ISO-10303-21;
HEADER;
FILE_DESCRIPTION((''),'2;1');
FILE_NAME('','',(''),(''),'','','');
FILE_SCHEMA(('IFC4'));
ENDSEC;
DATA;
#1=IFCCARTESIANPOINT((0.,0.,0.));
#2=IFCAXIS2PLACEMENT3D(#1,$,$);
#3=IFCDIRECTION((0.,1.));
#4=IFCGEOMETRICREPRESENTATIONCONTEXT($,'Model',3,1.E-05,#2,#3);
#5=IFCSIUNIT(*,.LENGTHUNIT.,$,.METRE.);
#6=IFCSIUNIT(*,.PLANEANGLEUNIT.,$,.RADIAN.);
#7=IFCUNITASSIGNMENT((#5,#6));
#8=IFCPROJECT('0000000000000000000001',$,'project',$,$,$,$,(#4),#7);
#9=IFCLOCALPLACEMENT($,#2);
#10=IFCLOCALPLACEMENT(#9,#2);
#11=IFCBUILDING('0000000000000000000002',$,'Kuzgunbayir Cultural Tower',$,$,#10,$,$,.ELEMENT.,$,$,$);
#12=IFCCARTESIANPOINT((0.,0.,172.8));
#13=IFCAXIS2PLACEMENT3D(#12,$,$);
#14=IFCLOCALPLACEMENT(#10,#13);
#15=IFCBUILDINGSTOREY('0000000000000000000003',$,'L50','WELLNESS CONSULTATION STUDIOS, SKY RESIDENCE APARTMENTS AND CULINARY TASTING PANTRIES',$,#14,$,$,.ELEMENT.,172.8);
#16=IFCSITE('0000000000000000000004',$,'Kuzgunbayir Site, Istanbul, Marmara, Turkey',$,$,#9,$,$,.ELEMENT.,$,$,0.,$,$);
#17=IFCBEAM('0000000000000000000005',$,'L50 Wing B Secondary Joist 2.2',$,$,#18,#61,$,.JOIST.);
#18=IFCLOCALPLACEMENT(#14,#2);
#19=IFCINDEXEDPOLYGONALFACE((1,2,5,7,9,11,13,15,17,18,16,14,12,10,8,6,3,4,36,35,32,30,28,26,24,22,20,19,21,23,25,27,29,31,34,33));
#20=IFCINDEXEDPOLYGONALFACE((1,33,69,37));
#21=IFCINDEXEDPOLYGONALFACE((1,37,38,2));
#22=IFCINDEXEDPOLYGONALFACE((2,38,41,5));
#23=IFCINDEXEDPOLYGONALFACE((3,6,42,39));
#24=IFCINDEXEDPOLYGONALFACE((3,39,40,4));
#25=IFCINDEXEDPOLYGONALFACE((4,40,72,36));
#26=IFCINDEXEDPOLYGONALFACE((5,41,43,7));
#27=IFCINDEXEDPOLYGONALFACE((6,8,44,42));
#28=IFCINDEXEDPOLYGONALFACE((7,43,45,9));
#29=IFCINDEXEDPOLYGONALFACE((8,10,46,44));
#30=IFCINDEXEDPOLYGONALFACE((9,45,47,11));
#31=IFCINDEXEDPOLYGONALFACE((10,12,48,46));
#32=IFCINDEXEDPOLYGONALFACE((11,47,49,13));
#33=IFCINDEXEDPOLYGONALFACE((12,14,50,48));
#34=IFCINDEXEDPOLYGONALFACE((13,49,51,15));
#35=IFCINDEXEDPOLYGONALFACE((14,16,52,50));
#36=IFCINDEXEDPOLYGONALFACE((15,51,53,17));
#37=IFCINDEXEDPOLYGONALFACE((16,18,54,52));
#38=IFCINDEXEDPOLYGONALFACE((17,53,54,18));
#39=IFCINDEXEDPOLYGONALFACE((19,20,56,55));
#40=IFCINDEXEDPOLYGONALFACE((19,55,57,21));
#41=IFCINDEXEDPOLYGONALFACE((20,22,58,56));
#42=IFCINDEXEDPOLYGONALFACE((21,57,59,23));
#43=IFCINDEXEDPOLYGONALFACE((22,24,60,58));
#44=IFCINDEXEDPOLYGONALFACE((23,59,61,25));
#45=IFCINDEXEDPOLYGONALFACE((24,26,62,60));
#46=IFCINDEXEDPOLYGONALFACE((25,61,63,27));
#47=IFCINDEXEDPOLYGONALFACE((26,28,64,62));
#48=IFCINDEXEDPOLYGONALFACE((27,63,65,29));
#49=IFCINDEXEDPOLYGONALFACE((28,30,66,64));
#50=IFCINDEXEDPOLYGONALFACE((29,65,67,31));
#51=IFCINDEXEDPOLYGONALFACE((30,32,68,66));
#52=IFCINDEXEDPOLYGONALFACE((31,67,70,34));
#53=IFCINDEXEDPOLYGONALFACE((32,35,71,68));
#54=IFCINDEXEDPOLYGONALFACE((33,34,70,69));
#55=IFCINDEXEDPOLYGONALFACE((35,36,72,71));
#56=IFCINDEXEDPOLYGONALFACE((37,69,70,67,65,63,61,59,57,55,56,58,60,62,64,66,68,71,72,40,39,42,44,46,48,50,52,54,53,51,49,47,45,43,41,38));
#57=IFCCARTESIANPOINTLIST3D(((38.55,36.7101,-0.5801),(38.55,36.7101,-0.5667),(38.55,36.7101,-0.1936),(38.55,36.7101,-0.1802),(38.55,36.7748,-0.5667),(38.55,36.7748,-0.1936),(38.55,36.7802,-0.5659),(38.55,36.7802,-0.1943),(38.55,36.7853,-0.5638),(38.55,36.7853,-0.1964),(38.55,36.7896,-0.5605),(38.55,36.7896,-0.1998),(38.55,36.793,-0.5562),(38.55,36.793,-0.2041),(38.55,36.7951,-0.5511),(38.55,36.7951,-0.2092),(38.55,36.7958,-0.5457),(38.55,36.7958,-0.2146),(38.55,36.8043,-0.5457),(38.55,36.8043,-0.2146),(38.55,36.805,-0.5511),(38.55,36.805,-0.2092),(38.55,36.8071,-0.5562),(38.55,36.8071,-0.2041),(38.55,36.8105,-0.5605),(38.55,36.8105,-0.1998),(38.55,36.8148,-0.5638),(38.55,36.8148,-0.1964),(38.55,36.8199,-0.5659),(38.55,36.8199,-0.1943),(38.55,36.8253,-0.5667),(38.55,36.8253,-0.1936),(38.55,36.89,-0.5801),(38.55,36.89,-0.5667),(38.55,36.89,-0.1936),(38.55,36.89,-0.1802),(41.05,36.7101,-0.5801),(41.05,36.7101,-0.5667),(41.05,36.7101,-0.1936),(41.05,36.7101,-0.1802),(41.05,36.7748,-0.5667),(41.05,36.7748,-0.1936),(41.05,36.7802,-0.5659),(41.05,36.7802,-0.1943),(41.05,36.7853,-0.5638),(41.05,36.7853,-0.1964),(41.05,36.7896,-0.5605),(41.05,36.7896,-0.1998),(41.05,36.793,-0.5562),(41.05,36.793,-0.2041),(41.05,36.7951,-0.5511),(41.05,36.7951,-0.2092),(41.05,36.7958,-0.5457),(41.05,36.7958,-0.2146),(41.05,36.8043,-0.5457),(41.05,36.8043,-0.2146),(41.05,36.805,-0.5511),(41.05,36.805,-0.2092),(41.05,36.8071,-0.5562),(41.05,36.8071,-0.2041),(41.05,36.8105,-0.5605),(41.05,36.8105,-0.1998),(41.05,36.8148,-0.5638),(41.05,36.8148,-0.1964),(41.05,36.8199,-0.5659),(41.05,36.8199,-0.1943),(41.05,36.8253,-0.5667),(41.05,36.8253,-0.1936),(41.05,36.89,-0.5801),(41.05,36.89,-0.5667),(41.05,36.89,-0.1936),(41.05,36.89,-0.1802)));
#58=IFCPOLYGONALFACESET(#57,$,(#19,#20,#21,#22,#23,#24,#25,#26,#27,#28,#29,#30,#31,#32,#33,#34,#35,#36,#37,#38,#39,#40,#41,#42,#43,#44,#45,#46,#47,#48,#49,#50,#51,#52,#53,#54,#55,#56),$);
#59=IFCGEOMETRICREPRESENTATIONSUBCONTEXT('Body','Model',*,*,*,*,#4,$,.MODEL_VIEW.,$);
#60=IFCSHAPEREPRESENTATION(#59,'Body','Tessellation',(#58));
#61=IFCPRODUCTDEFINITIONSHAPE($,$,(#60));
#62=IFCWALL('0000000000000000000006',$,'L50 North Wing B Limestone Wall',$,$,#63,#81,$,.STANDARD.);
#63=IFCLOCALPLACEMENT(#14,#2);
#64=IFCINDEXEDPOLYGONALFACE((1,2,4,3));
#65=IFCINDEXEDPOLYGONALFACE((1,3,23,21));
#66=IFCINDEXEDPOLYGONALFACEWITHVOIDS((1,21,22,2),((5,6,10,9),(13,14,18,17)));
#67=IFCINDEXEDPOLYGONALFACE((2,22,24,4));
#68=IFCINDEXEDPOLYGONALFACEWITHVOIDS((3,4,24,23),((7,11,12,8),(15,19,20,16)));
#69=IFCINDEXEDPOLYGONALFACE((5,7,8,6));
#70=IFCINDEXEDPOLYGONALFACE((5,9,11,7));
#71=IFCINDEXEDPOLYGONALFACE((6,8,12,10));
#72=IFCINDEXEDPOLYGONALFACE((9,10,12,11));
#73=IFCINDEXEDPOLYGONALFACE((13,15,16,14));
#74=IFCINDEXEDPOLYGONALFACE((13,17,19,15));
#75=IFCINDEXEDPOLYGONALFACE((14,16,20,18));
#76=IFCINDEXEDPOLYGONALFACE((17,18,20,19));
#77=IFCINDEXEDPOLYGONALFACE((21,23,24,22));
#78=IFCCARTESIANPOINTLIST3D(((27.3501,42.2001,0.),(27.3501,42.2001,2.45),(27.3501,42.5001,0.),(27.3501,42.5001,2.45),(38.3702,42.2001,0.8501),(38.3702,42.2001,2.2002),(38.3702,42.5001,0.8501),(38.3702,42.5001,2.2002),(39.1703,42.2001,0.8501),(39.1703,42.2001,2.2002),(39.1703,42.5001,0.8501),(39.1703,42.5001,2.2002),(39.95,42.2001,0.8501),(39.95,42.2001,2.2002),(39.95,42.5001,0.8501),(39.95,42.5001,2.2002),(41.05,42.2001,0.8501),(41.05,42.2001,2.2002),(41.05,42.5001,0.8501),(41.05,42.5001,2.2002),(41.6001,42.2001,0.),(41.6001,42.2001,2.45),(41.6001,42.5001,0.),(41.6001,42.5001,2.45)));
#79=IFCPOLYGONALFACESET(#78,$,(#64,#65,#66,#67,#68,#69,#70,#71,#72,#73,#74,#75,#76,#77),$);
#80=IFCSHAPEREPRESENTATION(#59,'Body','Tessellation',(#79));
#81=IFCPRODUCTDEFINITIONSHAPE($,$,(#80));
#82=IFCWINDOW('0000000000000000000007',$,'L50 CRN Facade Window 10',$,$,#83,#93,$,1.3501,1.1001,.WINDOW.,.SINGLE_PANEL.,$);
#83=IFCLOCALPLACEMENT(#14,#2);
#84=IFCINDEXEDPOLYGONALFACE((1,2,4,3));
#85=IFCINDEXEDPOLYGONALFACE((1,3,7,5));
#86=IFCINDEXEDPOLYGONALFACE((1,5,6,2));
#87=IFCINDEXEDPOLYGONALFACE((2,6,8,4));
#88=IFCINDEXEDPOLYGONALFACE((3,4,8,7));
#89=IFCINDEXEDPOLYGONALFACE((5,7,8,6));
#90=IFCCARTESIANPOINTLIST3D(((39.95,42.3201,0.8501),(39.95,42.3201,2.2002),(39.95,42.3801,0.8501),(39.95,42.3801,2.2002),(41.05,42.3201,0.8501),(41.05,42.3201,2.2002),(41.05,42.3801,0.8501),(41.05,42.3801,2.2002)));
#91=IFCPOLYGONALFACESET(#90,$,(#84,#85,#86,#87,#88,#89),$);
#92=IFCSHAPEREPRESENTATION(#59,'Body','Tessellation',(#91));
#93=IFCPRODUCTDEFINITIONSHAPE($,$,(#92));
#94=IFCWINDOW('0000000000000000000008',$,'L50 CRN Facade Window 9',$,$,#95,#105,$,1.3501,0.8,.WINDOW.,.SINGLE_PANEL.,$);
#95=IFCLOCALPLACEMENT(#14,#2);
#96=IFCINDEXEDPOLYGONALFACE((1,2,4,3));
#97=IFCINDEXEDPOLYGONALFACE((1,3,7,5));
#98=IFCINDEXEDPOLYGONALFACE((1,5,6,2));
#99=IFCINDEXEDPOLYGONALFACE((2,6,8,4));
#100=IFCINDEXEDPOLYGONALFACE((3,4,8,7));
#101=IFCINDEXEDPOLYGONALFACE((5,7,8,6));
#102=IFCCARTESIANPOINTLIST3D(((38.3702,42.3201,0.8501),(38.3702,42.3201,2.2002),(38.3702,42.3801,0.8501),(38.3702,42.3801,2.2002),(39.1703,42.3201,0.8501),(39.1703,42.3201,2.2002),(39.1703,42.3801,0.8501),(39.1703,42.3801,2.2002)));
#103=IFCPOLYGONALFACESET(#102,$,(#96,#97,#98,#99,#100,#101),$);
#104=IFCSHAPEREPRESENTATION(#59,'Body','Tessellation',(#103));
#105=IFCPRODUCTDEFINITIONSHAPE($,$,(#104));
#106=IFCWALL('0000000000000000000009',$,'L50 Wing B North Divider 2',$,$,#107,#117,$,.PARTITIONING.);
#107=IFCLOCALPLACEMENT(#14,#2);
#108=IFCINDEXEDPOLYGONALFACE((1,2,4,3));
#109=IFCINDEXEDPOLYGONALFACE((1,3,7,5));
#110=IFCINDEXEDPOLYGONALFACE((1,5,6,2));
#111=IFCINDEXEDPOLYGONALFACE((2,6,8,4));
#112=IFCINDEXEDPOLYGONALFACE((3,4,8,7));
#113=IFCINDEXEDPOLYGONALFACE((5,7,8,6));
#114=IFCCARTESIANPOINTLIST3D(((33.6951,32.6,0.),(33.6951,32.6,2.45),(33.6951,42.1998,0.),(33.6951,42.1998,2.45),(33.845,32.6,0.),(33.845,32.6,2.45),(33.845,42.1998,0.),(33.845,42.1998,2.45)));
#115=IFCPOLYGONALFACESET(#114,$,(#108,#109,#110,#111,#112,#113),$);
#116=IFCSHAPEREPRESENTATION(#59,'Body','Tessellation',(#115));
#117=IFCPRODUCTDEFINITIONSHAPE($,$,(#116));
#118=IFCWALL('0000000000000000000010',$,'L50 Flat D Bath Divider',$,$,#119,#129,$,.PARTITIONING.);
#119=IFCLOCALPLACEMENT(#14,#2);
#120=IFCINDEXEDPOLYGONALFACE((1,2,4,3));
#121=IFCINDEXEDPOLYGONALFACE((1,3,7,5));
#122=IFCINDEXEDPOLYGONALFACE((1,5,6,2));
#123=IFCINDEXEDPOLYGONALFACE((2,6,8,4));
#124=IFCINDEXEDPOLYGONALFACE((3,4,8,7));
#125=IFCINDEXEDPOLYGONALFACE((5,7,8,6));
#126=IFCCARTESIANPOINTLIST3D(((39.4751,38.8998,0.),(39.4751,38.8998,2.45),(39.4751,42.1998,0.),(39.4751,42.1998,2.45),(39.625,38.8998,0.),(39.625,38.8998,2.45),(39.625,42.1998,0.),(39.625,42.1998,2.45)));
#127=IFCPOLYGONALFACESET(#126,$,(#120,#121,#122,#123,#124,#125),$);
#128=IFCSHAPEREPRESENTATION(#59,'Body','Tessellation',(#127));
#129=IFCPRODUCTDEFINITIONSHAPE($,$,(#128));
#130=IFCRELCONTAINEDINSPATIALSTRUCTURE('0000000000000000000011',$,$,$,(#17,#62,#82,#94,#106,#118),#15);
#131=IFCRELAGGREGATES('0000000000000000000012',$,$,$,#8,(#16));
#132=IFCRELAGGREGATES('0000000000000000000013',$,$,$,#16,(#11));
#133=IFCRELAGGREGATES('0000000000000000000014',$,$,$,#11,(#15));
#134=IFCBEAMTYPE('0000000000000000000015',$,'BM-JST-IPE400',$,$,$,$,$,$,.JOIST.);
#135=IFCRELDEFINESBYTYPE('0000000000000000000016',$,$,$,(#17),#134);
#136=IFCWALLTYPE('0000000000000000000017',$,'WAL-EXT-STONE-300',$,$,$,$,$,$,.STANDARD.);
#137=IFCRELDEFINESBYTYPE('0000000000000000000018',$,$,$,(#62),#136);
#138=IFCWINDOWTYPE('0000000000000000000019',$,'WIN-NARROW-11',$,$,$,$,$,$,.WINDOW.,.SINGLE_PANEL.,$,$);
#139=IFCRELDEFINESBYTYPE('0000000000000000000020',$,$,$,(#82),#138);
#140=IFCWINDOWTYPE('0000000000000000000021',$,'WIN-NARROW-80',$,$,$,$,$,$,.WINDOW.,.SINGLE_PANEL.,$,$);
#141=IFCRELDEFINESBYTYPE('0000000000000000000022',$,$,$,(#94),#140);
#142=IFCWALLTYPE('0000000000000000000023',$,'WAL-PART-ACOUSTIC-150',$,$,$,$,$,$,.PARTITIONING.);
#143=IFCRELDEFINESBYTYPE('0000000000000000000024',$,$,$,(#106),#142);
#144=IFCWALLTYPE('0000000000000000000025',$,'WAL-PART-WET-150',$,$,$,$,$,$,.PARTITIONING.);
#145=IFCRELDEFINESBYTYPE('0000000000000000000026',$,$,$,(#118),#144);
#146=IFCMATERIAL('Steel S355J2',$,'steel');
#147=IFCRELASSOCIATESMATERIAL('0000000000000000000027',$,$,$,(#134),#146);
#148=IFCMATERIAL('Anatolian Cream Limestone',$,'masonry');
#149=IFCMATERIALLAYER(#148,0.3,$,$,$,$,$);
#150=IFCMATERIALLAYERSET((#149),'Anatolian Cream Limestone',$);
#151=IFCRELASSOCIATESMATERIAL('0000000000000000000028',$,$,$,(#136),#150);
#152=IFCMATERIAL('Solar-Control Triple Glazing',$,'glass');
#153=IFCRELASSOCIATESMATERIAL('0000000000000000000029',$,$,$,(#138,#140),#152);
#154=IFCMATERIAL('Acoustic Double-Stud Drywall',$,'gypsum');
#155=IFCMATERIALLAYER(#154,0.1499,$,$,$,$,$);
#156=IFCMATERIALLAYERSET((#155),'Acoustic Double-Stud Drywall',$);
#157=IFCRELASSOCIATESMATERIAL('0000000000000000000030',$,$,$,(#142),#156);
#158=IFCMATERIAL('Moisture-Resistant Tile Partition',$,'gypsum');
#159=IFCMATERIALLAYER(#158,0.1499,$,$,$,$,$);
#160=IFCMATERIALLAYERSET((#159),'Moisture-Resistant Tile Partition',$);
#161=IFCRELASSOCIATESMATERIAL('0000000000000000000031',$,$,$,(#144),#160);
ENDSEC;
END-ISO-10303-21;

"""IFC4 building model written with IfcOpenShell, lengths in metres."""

from ifc_helpers import new_model, si_unit, direction, frame, frame_2d, origin, origin_2d, place, context, subcontext, project, spatial, rectangle, i_section, extrude, material, layer, layer_set, material_profile, profile_set, type_object, element, fill, save


model = new_model("IFC4")

# Units and contexts
model_context = context("Model", 3, precision=1e-05, world=origin(), true_north=direction((0.0, 1.0)))
body_context = subcontext(model_context, "Body", "Model", "MODEL_VIEW")
ifc_project = project(units=[si_unit("LENGTHUNIT", "METRE"), si_unit("PLANEANGLEUNIT", "RADIAN")], contexts=[model_context])

# Site, building, storey
site_placement = place(None, origin())
site = spatial("IfcSite", under=ifc_project, at=site_placement, Name="Kuzgunbayir Site, Istanbul, Marmara, Turkey", CompositionType="ELEMENT", RefElevation=0.0)
building_placement = place(site_placement, origin())
building = spatial("IfcBuilding", under=site, at=building_placement, Name="Kuzgunbayir Cultural Tower", CompositionType="ELEMENT")
storey_placement = place(building_placement, frame((0.0, 0.0, 172.8)))
storey = spatial("IfcBuildingStorey", under=building, at=storey_placement, Name="L50", Description="WELLNESS CONSULTATION STUDIOS, SKY RESIDENCE APARTMENTS AND CULINARY TASTING PANTRIES", CompositionType="ELEMENT", Elevation=172.8)

# Beam
ifc_material_1 = material(Name="Steel S355J2", Category="steel")
ifc_material_profile_1 = material_profile(ifc_material_1, i_section(OverallWidth=0.1799, OverallDepth=0.3999, WebThickness=0.0085, FlangeThickness=0.0134, FilletRadius=0.021, at=origin_2d()), Name="IPE 400")
ifc_profile_set_1 = profile_set([ifc_material_profile_1], Name="Steel S355J2")
beam_type_1 = type_object("IfcBeamType", Name="BM-JST-IPE400", PredefinedType="JOIST", material=ifc_profile_set_1)
for number, where, z_axis, x_axis, name in (
    (1, (38.55, 36.8, -0.3801), (1.0, 0.0, 0.0), (0.0, 1.0, 0.0), "L50 Wing B Secondary Joist 2.2"),
):
    element("IfcBeam", number, at=place(storey_placement, frame(where, z_axis=z_axis, x_axis=x_axis)), inside=storey, type_object=beam_type_1, Name=name, PredefinedType="JOIST", context=body_context, shape_type="SweptSolid", body=[
        extrude(i_section(OverallWidth=0.1799, OverallDepth=0.3999, WebThickness=0.0085, FlangeThickness=0.0134, FilletRadius=0.021, at=origin_2d()), origin(), (0.0, 0.0, 1.0), 2.5),
    ])

# Wall, openings, windows
ifc_material_2 = material(Name="Anatolian Cream Limestone", Category="masonry")
ifc_layer_1 = layer(ifc_material_2, 0.3)
ifc_layer_set_1 = layer_set([ifc_layer_1], Name="Anatolian Cream Limestone")
wall_type_1 = type_object("IfcWallType", Name="WAL-EXT-STONE-300", PredefinedType="STANDARD", material=ifc_layer_set_1)
wall_1_placement = place(storey_placement, frame((41.6001, 42.3501, 0.0), z_axis=(0.0, 0.0, 1.0), x_axis=(-1.0, 0.0, 0.0)))
wall_1 = element("IfcWall", 2, at=wall_1_placement, inside=storey, type_object=wall_type_1, Name="L50 North Wing B Limestone Wall", PredefinedType="STANDARD", context=body_context, shape_type="SweptSolid", body=[
    extrude(rectangle(XDim=14.25, YDim=0.3, at=frame_2d((7.125, 0.0))), origin(), (0.0, 0.0, 1.0), 2.45),
])
opening_1_placement = place(wall_1_placement, frame((2.4299, 0.0, 0.8501)))
opening_1 = element("IfcOpeningElement", 3, at=opening_1_placement, cuts=wall_1, PredefinedType="OPENING", context=body_context, shape_type="SweptSolid", body=[
    extrude(rectangle(XDim=0.8, YDim=1.3501, at=frame_2d((0.3999, 0.675))), frame((0.0, 0.1602, 0.0), z_axis=(0.0, -1.0, 0.0), x_axis=(1.0, 0.0, 0.0)), (0.0, 0.0, 1.0), 0.3201),
])
opening_2_placement = place(wall_1_placement, frame((0.55, 0.0, 0.8501)))
opening_2 = element("IfcOpeningElement", 4, at=opening_2_placement, cuts=wall_1, PredefinedType="OPENING", context=body_context, shape_type="SweptSolid", body=[
    extrude(rectangle(XDim=1.1001, YDim=1.3501, at=frame_2d((0.55, 0.675))), frame((0.0, 0.1602, 0.0), z_axis=(0.0, -1.0, 0.0), x_axis=(1.0, 0.0, 0.0)), (0.0, 0.0, 1.0), 0.3201),
])
ifc_material_3 = material(Name="Solar-Control Triple Glazing", Category="glass")
window_type_1 = type_object("IfcWindowType", Name="WIN-NARROW-11", PartitioningType="SINGLE_PANEL", PredefinedType="WINDOW", material=ifc_material_3)
window_1_placement = place(opening_2_placement, origin())
window_1 = element("IfcWindow", 5, at=window_1_placement, inside=storey, type_object=window_type_1, Name="L50 CRN Facade Window 10", OverallHeight=1.3501, OverallWidth=1.1001, PartitioningType="SINGLE_PANEL", PredefinedType="WINDOW", context=body_context, shape_type="SweptSolid", body=[
    extrude(rectangle(XDim=1.1001, YDim=1.3501, at=frame_2d((0.55, 0.675))), frame((0.0, 0.03, 0.0), z_axis=(0.0, -1.0, 0.0), x_axis=(1.0, 0.0, 0.0)), (0.0, 0.0, 1.0), 0.0601),
])
fill(opening_2, window_1)
window_type_2 = type_object("IfcWindowType", Name="WIN-NARROW-80", PartitioningType="SINGLE_PANEL", PredefinedType="WINDOW", material=ifc_material_3)
window_2_placement = place(opening_1_placement, origin())
window_2 = element("IfcWindow", 6, at=window_2_placement, inside=storey, type_object=window_type_2, Name="L50 CRN Facade Window 9", OverallHeight=1.3501, OverallWidth=0.8, PartitioningType="SINGLE_PANEL", PredefinedType="WINDOW", context=body_context, shape_type="SweptSolid", body=[
    extrude(rectangle(XDim=0.8, YDim=1.3501, at=frame_2d((0.3999, 0.675))), frame((0.0, 0.03, 0.0), z_axis=(0.0, -1.0, 0.0), x_axis=(1.0, 0.0, 0.0)), (0.0, 0.0, 1.0), 0.0601),
])
fill(opening_1, window_2)

# Wall
ifc_material_4 = material(Name="Acoustic Double-Stud Drywall", Category="gypsum")
ifc_layer_2 = layer(ifc_material_4, 0.1499)
ifc_layer_set_2 = layer_set([ifc_layer_2], Name="Acoustic Double-Stud Drywall")
wall_type_2 = type_object("IfcWallType", Name="WAL-PART-ACOUSTIC-150", PredefinedType="PARTITIONING", material=ifc_layer_set_2)
wall_2_placement = place(storey_placement, frame((33.77, 32.6001, 0.0), z_axis=(0.0, 0.0, 1.0), x_axis=(0.0, 1.0, 0.0)))
element("IfcWall", 7, at=wall_2_placement, inside=storey, type_object=wall_type_2, Name="L50 Wing B North Divider 2", PredefinedType="PARTITIONING", context=body_context, shape_type="SweptSolid", body=[
    extrude(rectangle(XDim=9.5999, YDim=0.1499, at=frame_2d((4.7998, 0.0))), origin(), (0.0, 0.0, 1.0), 2.45),
])

# Shared definitions
ifc_material_5 = material(Name="Moisture-Resistant Tile Partition", Category="gypsum")
ifc_layer_3 = layer(ifc_material_5, 0.1499)
ifc_layer_set_3 = layer_set([ifc_layer_3], Name="Moisture-Resistant Tile Partition")
wall_type_3 = type_object("IfcWallType", Name="WAL-PART-WET-150", PredefinedType="PARTITIONING", material=ifc_layer_set_3)

# Wall
wall_3_placement = place(storey_placement, frame((39.55, 38.8999, 0.0), z_axis=(0.0, 0.0, 1.0), x_axis=(0.0, 1.0, 0.0)))
element("IfcWall", 8, at=wall_3_placement, inside=storey, type_object=wall_type_3, Name="L50 Flat D Bath Divider", PredefinedType="PARTITIONING", context=body_context, shape_type="SweptSolid", body=[
    extrude(rectangle(XDim=3.3, YDim=0.1499, at=frame_2d((1.6499, 0.0))), origin(), (0.0, 0.0, 1.0), 2.45),
])

save(model, "model.ifc")
